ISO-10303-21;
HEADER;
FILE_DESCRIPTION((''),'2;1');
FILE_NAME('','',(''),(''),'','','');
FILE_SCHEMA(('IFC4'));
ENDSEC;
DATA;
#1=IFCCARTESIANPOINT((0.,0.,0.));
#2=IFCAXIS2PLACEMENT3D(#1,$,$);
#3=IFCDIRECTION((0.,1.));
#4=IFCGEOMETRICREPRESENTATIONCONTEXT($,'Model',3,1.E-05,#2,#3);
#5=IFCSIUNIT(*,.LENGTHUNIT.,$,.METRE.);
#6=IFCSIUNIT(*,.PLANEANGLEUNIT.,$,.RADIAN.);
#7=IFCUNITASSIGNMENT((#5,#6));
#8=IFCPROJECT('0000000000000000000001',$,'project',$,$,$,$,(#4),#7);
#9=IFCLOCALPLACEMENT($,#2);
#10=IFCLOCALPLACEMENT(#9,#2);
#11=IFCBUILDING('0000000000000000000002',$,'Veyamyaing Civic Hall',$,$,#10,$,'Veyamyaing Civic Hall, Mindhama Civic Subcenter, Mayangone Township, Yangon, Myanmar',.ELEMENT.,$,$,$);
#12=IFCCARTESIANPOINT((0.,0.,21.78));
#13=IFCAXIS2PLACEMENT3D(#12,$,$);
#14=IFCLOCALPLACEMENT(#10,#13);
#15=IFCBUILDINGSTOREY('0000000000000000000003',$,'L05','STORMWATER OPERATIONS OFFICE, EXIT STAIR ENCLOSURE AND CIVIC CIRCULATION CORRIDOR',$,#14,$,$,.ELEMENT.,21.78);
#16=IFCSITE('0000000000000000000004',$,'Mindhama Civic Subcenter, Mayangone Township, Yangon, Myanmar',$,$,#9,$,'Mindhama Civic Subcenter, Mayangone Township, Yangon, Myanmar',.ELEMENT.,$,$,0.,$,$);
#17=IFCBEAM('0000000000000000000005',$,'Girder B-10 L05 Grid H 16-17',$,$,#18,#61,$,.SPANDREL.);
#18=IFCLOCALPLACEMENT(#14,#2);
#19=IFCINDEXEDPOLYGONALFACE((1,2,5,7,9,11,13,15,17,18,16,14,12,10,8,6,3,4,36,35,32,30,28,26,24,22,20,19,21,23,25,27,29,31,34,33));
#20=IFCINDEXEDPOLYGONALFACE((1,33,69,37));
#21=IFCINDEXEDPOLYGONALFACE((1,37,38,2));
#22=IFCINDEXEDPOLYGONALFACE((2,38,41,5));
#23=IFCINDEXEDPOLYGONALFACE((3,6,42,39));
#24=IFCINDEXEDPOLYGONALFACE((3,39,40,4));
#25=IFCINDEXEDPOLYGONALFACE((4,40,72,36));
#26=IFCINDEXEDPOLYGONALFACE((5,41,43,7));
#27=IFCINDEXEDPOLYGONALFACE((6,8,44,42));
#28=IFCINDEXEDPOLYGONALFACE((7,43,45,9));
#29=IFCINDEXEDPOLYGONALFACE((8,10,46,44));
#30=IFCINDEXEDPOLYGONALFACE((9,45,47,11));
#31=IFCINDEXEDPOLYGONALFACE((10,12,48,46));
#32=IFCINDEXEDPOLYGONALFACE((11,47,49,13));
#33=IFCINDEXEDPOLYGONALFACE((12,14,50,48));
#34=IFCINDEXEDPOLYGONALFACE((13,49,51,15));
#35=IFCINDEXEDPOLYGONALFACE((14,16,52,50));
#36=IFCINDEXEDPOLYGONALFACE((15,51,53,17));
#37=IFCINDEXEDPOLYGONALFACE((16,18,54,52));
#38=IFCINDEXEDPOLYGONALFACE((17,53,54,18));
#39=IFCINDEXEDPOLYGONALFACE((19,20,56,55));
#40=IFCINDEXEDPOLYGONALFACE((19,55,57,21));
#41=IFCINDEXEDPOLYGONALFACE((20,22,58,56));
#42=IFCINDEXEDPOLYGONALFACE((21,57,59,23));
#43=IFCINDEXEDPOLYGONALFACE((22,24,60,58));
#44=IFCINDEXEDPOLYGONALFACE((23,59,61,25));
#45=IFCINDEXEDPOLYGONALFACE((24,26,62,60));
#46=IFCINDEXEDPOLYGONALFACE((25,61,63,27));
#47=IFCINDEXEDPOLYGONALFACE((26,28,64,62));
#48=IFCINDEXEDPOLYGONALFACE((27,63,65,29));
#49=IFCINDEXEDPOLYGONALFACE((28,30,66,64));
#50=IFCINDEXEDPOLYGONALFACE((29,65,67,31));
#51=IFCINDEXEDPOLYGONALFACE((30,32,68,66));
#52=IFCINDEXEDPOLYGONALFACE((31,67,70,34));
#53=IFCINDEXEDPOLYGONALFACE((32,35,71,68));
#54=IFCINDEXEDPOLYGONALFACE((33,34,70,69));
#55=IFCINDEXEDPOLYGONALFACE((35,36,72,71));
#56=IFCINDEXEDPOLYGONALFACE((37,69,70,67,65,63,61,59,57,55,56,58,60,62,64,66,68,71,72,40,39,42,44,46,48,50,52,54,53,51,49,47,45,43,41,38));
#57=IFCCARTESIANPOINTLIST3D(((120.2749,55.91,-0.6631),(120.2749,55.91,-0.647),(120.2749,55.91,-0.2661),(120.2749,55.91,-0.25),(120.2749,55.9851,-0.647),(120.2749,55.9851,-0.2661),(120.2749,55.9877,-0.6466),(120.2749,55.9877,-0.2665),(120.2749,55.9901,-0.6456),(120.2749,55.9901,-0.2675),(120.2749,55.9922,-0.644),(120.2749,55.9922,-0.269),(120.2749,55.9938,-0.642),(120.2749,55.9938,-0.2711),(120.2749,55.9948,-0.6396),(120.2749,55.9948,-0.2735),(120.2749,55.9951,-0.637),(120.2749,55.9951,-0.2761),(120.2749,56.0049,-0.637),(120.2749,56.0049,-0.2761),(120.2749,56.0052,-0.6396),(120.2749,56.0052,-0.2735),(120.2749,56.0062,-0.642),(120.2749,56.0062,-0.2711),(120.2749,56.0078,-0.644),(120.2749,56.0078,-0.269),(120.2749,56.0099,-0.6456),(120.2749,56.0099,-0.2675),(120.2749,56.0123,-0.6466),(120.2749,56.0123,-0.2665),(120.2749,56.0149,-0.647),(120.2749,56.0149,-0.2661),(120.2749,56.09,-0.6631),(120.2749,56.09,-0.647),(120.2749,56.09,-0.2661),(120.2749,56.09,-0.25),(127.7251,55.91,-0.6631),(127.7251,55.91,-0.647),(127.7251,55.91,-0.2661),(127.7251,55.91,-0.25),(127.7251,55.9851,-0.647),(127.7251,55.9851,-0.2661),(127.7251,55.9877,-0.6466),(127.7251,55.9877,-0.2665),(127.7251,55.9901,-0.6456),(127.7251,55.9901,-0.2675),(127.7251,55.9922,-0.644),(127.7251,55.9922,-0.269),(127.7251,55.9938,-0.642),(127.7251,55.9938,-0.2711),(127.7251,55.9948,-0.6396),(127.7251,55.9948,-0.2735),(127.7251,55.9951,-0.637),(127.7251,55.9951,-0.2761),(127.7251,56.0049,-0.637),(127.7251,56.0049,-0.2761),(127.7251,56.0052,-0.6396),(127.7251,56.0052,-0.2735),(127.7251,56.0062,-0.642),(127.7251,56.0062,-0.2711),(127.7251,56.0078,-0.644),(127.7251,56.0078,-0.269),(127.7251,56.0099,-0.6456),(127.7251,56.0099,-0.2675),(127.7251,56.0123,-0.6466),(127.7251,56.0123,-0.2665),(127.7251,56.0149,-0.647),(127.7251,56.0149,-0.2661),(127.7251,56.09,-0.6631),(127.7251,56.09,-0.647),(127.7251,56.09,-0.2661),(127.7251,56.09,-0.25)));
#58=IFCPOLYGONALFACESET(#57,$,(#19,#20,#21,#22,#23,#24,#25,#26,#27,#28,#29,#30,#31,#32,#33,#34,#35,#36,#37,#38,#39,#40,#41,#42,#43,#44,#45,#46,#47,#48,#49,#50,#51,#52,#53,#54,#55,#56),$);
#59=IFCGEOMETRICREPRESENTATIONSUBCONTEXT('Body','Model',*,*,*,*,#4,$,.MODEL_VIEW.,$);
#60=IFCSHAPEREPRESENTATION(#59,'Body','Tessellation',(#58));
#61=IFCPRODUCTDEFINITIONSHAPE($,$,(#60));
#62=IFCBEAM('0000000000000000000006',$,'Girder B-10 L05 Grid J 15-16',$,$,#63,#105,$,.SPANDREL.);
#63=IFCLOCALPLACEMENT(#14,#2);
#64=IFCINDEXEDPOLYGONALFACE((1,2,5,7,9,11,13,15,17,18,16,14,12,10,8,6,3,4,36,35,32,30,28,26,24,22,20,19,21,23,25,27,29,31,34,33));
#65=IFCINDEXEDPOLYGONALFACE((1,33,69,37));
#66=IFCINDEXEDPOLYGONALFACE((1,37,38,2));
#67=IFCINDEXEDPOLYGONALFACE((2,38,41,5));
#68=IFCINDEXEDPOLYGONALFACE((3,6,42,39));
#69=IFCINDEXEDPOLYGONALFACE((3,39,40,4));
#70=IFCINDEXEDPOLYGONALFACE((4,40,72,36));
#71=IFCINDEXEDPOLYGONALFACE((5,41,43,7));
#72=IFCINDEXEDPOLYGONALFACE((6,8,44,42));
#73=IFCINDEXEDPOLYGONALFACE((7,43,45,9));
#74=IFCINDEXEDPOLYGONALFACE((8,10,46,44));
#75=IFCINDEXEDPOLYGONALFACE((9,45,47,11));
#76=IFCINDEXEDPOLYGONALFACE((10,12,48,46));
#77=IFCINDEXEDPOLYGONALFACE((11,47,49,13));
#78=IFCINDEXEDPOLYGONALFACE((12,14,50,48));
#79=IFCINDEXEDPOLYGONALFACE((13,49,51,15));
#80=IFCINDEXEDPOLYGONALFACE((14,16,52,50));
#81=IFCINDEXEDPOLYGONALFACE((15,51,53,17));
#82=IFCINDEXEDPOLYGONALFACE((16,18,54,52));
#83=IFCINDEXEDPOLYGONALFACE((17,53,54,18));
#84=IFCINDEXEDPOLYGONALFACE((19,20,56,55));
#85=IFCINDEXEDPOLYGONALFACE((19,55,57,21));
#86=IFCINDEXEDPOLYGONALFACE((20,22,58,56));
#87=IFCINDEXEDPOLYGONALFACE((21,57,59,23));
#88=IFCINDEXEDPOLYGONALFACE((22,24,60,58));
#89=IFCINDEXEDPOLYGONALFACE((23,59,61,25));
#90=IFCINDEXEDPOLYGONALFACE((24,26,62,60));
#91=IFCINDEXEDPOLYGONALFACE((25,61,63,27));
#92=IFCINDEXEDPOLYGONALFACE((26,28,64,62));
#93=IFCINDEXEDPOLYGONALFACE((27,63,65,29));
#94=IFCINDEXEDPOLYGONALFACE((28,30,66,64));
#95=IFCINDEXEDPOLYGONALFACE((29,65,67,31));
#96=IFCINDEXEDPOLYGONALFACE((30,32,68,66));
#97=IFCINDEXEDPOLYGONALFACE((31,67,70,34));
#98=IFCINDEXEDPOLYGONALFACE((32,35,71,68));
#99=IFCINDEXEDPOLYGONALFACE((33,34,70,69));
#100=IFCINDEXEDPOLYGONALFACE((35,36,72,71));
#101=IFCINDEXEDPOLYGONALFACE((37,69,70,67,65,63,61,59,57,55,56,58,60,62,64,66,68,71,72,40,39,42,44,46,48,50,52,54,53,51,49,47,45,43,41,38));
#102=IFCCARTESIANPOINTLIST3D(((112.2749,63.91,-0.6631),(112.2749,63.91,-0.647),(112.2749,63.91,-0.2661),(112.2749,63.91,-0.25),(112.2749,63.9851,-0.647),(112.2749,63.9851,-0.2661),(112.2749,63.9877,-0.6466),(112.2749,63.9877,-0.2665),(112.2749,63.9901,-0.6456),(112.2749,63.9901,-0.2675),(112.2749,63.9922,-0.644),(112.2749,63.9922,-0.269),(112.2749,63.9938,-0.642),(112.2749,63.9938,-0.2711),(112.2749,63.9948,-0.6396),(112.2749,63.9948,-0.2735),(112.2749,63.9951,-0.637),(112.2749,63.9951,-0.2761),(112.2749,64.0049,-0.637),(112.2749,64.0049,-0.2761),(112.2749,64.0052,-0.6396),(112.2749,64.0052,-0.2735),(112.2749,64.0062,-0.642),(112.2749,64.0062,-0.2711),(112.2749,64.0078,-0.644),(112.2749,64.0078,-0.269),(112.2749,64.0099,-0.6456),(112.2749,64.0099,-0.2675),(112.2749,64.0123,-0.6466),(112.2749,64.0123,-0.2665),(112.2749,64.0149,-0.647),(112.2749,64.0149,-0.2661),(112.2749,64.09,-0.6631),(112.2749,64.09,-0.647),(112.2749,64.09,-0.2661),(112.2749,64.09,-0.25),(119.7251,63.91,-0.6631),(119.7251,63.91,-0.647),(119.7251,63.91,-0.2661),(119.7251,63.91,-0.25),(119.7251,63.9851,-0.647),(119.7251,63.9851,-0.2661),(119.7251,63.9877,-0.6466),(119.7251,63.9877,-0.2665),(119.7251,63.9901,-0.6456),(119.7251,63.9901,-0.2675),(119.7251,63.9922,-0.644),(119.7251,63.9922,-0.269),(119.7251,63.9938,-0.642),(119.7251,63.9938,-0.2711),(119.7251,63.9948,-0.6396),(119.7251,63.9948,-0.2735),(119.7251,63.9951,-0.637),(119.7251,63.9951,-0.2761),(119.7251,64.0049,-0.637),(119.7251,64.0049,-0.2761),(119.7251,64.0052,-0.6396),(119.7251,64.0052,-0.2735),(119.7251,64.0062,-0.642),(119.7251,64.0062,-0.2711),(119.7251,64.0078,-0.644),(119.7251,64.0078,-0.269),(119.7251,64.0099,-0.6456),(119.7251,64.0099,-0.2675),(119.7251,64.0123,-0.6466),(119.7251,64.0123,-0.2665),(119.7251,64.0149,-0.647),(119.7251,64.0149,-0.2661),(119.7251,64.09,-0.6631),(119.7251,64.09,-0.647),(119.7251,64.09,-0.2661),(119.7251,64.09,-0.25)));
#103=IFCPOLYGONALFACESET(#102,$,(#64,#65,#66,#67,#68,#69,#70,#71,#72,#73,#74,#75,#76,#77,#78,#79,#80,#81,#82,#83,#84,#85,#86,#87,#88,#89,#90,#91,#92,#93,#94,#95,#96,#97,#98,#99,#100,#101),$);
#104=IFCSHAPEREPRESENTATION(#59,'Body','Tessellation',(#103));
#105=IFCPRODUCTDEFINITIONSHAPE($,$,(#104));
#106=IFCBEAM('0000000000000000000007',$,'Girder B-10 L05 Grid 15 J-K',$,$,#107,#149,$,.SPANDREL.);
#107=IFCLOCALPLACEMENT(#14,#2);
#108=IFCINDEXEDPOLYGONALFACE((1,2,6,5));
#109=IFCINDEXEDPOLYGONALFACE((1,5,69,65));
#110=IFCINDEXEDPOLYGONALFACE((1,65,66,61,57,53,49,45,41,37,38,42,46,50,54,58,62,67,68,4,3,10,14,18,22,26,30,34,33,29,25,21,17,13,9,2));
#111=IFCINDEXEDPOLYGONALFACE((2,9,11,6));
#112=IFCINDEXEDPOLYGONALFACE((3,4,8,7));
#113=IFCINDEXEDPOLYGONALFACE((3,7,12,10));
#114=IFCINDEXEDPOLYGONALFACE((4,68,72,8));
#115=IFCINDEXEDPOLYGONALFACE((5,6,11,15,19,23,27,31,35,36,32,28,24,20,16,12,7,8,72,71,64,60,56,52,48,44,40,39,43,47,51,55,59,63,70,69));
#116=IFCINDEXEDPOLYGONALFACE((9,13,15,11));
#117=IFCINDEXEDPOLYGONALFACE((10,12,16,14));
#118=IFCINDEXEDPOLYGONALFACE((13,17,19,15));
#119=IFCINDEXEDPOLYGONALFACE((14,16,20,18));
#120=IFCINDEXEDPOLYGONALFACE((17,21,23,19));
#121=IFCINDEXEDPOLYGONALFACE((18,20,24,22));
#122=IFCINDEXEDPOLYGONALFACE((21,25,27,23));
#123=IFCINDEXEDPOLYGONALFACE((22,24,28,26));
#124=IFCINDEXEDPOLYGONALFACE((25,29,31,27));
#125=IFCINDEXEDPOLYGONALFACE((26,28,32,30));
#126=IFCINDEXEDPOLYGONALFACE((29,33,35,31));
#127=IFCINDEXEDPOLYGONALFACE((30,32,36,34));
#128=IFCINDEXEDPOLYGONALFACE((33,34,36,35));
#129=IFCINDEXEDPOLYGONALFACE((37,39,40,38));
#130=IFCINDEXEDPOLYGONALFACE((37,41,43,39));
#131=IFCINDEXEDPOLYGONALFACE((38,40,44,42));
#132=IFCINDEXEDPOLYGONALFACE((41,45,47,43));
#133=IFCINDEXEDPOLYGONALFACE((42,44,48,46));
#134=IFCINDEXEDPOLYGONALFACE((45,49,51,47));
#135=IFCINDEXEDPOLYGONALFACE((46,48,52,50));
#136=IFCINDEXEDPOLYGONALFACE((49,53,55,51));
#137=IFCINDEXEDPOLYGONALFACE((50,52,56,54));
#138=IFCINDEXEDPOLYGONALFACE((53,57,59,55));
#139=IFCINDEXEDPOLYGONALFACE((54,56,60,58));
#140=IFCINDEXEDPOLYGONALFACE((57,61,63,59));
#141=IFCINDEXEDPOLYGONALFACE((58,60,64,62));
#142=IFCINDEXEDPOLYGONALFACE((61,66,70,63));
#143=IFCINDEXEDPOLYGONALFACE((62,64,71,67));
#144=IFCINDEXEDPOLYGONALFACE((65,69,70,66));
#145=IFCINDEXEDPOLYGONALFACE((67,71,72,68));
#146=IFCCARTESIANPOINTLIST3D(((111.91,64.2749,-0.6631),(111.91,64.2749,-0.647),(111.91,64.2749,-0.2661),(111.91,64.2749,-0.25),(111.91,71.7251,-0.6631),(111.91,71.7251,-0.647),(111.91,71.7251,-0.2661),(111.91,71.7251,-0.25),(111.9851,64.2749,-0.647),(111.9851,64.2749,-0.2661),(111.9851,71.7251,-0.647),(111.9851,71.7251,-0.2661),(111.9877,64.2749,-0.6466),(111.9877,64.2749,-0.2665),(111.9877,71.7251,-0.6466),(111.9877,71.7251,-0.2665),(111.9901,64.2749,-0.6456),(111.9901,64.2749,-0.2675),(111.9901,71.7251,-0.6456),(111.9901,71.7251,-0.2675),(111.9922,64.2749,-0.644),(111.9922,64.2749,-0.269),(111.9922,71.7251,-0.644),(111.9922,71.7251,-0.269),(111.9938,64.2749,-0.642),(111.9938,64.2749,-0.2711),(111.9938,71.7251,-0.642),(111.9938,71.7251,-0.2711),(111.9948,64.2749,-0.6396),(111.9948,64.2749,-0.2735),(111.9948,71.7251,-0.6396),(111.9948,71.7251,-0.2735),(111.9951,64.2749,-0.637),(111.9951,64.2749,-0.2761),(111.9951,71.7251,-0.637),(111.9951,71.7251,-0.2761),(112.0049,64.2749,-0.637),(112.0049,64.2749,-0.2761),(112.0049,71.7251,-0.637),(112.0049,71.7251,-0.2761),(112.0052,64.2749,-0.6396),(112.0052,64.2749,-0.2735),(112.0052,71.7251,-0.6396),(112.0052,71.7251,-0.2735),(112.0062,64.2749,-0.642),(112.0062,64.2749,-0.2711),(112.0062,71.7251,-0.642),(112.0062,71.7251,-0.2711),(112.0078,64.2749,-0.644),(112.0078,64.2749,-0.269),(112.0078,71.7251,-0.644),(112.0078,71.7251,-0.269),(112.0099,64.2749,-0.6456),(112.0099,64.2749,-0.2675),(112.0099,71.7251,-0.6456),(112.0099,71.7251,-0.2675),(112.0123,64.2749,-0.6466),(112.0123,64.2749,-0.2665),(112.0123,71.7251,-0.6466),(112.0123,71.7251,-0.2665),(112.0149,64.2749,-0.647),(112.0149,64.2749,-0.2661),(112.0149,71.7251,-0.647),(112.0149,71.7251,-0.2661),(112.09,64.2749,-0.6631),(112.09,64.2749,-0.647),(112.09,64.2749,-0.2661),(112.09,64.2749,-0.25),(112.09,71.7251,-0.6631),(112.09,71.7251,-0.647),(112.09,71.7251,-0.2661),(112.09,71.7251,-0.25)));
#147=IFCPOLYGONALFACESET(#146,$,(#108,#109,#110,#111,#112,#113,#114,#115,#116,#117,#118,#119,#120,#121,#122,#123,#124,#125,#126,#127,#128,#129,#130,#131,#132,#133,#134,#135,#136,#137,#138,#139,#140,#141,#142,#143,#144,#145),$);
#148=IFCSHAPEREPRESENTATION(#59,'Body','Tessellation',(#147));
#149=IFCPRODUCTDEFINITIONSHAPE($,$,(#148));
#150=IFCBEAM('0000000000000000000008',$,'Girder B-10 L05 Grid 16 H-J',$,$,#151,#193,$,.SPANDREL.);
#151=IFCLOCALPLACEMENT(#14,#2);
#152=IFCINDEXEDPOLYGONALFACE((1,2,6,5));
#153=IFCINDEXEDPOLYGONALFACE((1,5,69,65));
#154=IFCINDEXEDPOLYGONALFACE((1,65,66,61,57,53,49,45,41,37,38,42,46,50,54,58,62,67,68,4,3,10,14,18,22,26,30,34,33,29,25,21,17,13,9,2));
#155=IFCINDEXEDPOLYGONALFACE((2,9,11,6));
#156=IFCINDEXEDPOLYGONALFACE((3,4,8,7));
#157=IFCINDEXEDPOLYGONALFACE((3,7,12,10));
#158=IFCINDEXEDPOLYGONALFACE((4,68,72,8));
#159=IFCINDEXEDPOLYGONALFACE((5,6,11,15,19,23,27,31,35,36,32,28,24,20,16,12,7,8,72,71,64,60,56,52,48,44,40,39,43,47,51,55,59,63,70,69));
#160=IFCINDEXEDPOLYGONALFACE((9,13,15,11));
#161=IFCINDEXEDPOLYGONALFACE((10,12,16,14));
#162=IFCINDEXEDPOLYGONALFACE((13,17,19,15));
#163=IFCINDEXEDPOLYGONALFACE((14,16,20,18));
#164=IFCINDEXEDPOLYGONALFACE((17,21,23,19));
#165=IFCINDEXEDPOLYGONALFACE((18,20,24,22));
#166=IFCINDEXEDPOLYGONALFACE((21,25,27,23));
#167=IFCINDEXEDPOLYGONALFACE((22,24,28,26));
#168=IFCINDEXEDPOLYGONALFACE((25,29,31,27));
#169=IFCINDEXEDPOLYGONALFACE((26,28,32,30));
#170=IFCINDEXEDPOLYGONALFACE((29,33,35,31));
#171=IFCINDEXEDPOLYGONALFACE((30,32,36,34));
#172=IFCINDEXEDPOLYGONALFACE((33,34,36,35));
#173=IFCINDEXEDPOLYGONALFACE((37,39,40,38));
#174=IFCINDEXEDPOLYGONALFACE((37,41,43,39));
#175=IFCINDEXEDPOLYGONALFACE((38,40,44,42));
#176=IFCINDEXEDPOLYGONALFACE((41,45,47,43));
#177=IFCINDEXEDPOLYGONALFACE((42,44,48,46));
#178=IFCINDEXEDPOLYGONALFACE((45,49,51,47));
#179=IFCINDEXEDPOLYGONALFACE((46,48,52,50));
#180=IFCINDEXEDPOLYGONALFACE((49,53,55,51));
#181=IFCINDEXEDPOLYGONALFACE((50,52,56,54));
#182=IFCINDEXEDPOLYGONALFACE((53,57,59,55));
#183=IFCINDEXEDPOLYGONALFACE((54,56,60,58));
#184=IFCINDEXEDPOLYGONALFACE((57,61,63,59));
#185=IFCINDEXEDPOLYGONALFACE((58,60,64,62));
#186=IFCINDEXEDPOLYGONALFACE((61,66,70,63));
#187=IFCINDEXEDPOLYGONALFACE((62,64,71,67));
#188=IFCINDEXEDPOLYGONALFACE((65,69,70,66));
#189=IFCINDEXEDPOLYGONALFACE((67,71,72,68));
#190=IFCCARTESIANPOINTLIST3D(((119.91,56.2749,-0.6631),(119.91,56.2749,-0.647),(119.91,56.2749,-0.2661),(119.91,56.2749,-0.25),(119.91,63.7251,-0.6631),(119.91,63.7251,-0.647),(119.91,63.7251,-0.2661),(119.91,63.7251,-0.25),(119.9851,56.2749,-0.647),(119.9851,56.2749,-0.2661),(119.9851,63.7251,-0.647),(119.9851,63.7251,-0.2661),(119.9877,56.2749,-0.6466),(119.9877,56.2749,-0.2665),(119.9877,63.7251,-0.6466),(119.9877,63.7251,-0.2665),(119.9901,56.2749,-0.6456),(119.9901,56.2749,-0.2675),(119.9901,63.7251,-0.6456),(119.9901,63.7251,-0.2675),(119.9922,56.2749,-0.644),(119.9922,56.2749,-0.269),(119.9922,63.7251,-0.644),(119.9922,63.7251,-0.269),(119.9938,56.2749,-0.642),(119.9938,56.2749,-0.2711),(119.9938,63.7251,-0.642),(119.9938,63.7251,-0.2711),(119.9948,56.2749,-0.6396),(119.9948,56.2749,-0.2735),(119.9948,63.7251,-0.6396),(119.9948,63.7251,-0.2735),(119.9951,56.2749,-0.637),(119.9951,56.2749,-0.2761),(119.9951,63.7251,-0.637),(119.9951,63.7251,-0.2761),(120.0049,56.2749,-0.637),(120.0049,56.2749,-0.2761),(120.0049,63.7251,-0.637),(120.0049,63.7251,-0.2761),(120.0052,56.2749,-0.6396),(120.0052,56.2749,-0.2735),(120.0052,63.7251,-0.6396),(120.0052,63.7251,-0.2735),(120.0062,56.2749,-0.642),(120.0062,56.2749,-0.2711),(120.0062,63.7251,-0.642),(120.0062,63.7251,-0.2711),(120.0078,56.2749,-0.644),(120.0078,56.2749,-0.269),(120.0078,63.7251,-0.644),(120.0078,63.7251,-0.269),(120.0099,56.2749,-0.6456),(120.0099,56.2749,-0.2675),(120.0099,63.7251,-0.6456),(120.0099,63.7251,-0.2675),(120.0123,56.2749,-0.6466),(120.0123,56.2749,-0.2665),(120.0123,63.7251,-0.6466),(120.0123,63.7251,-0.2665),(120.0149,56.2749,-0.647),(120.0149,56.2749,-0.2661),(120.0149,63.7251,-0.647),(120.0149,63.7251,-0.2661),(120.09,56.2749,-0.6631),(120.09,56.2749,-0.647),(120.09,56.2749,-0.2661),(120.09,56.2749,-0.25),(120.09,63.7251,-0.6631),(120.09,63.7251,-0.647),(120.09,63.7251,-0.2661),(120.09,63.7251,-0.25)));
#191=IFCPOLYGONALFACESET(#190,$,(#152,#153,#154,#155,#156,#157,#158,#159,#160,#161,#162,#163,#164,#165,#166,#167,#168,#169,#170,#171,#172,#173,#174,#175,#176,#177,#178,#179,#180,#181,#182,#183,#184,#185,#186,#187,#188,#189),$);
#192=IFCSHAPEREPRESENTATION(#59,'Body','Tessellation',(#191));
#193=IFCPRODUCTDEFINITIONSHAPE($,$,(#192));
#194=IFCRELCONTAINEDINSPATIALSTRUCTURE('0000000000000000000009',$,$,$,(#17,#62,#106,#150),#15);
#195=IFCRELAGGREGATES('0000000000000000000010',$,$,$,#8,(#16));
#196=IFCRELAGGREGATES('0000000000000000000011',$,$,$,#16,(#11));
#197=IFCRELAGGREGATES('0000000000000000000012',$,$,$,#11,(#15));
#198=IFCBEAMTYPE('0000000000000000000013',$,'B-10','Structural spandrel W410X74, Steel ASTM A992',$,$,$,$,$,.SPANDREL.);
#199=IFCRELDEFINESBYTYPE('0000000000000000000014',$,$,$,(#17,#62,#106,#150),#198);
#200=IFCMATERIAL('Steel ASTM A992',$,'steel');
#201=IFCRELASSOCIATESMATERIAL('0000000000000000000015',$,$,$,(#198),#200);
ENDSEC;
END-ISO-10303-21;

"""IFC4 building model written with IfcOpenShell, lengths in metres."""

from ifc_helpers import new_model, si_unit, direction, frame, origin, origin_2d, place, context, subcontext, project, spatial, i_section, extrude, material, material_profile, profile_set, type_object, element, save


model = new_model("IFC4")

# Units and contexts
model_context = context("Model", 3, precision=1e-05, world=origin(), true_north=direction((0.0, 1.0)))
body_context = subcontext(model_context, "Body", "Model", "MODEL_VIEW")
ifc_project = project(units=[si_unit("LENGTHUNIT", "METRE"), si_unit("PLANEANGLEUNIT", "RADIAN")], contexts=[model_context])

# Site, building, storey
site_placement = place(None, origin())
site = spatial("IfcSite", under=ifc_project, at=site_placement, Name="Mindhama Civic Subcenter, Mayangone Township, Yangon, Myanmar", LongName="Mindhama Civic Subcenter, Mayangone Township, Yangon, Myanmar", CompositionType="ELEMENT", RefElevation=0.0)
building_placement = place(site_placement, origin())
building = spatial("IfcBuilding", under=site, at=building_placement, Name="Veyamyaing Civic Hall", LongName="Veyamyaing Civic Hall, Mindhama Civic Subcenter, Mayangone Township, Yangon, Myanmar", CompositionType="ELEMENT")
storey_placement = place(building_placement, frame((0.0, 0.0, 21.78)))
storey = spatial("IfcBuildingStorey", under=building, at=storey_placement, Name="L05", Description="STORMWATER OPERATIONS OFFICE, EXIT STAIR ENCLOSURE AND CIVIC CIRCULATION CORRIDOR", CompositionType="ELEMENT", Elevation=21.78)

# Beams
ifc_material = material(Name="Steel ASTM A992", Category="steel")
ifc_material_profile_1 = material_profile(ifc_material, i_section(OverallWidth=0.1799, OverallDepth=0.4131, WebThickness=0.0098, FlangeThickness=0.0161, FilletRadius=0.01, at=origin_2d()), Name="W410X74")
ifc_profile_set_1 = profile_set([ifc_material_profile_1], Name="Steel ASTM A992")
beam_type_1 = type_object("IfcBeamType", Name="B-10", Description="Structural spandrel W410X74, Steel ASTM A992", PredefinedType="SPANDREL", material=ifc_profile_set_1)
for number, where, z_axis, x_axis, name in (
    (1, (120.2749, 56.0, -0.4565), (1.0, 0.0, 0.0), (0.0, 1.0, 0.0), "Girder B-10 L05 Grid H 16-17"),
    (2, (112.2749, 64.0, -0.4565), (1.0, 0.0, 0.0), (0.0, 1.0, 0.0), "Girder B-10 L05 Grid J 15-16"),
    (3, (112.0, 64.2749, -0.4565), (0.0, 1.0, 0.0), (-1.0, 0.0, 0.0), "Girder B-10 L05 Grid 15 J-K"),
    (4, (120.0, 56.2749, -0.4565), (0.0, 1.0, 0.0), (-1.0, 0.0, 0.0), "Girder B-10 L05 Grid 16 H-J"),
):
    element("IfcBeam", number, at=place(storey_placement, frame(where, z_axis=z_axis, x_axis=x_axis)), inside=storey, type_object=beam_type_1, Name=name, PredefinedType="SPANDREL", context=body_context, shape_type="SweptSolid", body=[
        extrude(i_section(OverallWidth=0.1799, OverallDepth=0.4131, WebThickness=0.0098, FlangeThickness=0.0161, FilletRadius=0.01, at=origin_2d()), origin(), (0.0, 0.0, 1.0), 7.4502),
    ])

save(model, "model.ifc")
